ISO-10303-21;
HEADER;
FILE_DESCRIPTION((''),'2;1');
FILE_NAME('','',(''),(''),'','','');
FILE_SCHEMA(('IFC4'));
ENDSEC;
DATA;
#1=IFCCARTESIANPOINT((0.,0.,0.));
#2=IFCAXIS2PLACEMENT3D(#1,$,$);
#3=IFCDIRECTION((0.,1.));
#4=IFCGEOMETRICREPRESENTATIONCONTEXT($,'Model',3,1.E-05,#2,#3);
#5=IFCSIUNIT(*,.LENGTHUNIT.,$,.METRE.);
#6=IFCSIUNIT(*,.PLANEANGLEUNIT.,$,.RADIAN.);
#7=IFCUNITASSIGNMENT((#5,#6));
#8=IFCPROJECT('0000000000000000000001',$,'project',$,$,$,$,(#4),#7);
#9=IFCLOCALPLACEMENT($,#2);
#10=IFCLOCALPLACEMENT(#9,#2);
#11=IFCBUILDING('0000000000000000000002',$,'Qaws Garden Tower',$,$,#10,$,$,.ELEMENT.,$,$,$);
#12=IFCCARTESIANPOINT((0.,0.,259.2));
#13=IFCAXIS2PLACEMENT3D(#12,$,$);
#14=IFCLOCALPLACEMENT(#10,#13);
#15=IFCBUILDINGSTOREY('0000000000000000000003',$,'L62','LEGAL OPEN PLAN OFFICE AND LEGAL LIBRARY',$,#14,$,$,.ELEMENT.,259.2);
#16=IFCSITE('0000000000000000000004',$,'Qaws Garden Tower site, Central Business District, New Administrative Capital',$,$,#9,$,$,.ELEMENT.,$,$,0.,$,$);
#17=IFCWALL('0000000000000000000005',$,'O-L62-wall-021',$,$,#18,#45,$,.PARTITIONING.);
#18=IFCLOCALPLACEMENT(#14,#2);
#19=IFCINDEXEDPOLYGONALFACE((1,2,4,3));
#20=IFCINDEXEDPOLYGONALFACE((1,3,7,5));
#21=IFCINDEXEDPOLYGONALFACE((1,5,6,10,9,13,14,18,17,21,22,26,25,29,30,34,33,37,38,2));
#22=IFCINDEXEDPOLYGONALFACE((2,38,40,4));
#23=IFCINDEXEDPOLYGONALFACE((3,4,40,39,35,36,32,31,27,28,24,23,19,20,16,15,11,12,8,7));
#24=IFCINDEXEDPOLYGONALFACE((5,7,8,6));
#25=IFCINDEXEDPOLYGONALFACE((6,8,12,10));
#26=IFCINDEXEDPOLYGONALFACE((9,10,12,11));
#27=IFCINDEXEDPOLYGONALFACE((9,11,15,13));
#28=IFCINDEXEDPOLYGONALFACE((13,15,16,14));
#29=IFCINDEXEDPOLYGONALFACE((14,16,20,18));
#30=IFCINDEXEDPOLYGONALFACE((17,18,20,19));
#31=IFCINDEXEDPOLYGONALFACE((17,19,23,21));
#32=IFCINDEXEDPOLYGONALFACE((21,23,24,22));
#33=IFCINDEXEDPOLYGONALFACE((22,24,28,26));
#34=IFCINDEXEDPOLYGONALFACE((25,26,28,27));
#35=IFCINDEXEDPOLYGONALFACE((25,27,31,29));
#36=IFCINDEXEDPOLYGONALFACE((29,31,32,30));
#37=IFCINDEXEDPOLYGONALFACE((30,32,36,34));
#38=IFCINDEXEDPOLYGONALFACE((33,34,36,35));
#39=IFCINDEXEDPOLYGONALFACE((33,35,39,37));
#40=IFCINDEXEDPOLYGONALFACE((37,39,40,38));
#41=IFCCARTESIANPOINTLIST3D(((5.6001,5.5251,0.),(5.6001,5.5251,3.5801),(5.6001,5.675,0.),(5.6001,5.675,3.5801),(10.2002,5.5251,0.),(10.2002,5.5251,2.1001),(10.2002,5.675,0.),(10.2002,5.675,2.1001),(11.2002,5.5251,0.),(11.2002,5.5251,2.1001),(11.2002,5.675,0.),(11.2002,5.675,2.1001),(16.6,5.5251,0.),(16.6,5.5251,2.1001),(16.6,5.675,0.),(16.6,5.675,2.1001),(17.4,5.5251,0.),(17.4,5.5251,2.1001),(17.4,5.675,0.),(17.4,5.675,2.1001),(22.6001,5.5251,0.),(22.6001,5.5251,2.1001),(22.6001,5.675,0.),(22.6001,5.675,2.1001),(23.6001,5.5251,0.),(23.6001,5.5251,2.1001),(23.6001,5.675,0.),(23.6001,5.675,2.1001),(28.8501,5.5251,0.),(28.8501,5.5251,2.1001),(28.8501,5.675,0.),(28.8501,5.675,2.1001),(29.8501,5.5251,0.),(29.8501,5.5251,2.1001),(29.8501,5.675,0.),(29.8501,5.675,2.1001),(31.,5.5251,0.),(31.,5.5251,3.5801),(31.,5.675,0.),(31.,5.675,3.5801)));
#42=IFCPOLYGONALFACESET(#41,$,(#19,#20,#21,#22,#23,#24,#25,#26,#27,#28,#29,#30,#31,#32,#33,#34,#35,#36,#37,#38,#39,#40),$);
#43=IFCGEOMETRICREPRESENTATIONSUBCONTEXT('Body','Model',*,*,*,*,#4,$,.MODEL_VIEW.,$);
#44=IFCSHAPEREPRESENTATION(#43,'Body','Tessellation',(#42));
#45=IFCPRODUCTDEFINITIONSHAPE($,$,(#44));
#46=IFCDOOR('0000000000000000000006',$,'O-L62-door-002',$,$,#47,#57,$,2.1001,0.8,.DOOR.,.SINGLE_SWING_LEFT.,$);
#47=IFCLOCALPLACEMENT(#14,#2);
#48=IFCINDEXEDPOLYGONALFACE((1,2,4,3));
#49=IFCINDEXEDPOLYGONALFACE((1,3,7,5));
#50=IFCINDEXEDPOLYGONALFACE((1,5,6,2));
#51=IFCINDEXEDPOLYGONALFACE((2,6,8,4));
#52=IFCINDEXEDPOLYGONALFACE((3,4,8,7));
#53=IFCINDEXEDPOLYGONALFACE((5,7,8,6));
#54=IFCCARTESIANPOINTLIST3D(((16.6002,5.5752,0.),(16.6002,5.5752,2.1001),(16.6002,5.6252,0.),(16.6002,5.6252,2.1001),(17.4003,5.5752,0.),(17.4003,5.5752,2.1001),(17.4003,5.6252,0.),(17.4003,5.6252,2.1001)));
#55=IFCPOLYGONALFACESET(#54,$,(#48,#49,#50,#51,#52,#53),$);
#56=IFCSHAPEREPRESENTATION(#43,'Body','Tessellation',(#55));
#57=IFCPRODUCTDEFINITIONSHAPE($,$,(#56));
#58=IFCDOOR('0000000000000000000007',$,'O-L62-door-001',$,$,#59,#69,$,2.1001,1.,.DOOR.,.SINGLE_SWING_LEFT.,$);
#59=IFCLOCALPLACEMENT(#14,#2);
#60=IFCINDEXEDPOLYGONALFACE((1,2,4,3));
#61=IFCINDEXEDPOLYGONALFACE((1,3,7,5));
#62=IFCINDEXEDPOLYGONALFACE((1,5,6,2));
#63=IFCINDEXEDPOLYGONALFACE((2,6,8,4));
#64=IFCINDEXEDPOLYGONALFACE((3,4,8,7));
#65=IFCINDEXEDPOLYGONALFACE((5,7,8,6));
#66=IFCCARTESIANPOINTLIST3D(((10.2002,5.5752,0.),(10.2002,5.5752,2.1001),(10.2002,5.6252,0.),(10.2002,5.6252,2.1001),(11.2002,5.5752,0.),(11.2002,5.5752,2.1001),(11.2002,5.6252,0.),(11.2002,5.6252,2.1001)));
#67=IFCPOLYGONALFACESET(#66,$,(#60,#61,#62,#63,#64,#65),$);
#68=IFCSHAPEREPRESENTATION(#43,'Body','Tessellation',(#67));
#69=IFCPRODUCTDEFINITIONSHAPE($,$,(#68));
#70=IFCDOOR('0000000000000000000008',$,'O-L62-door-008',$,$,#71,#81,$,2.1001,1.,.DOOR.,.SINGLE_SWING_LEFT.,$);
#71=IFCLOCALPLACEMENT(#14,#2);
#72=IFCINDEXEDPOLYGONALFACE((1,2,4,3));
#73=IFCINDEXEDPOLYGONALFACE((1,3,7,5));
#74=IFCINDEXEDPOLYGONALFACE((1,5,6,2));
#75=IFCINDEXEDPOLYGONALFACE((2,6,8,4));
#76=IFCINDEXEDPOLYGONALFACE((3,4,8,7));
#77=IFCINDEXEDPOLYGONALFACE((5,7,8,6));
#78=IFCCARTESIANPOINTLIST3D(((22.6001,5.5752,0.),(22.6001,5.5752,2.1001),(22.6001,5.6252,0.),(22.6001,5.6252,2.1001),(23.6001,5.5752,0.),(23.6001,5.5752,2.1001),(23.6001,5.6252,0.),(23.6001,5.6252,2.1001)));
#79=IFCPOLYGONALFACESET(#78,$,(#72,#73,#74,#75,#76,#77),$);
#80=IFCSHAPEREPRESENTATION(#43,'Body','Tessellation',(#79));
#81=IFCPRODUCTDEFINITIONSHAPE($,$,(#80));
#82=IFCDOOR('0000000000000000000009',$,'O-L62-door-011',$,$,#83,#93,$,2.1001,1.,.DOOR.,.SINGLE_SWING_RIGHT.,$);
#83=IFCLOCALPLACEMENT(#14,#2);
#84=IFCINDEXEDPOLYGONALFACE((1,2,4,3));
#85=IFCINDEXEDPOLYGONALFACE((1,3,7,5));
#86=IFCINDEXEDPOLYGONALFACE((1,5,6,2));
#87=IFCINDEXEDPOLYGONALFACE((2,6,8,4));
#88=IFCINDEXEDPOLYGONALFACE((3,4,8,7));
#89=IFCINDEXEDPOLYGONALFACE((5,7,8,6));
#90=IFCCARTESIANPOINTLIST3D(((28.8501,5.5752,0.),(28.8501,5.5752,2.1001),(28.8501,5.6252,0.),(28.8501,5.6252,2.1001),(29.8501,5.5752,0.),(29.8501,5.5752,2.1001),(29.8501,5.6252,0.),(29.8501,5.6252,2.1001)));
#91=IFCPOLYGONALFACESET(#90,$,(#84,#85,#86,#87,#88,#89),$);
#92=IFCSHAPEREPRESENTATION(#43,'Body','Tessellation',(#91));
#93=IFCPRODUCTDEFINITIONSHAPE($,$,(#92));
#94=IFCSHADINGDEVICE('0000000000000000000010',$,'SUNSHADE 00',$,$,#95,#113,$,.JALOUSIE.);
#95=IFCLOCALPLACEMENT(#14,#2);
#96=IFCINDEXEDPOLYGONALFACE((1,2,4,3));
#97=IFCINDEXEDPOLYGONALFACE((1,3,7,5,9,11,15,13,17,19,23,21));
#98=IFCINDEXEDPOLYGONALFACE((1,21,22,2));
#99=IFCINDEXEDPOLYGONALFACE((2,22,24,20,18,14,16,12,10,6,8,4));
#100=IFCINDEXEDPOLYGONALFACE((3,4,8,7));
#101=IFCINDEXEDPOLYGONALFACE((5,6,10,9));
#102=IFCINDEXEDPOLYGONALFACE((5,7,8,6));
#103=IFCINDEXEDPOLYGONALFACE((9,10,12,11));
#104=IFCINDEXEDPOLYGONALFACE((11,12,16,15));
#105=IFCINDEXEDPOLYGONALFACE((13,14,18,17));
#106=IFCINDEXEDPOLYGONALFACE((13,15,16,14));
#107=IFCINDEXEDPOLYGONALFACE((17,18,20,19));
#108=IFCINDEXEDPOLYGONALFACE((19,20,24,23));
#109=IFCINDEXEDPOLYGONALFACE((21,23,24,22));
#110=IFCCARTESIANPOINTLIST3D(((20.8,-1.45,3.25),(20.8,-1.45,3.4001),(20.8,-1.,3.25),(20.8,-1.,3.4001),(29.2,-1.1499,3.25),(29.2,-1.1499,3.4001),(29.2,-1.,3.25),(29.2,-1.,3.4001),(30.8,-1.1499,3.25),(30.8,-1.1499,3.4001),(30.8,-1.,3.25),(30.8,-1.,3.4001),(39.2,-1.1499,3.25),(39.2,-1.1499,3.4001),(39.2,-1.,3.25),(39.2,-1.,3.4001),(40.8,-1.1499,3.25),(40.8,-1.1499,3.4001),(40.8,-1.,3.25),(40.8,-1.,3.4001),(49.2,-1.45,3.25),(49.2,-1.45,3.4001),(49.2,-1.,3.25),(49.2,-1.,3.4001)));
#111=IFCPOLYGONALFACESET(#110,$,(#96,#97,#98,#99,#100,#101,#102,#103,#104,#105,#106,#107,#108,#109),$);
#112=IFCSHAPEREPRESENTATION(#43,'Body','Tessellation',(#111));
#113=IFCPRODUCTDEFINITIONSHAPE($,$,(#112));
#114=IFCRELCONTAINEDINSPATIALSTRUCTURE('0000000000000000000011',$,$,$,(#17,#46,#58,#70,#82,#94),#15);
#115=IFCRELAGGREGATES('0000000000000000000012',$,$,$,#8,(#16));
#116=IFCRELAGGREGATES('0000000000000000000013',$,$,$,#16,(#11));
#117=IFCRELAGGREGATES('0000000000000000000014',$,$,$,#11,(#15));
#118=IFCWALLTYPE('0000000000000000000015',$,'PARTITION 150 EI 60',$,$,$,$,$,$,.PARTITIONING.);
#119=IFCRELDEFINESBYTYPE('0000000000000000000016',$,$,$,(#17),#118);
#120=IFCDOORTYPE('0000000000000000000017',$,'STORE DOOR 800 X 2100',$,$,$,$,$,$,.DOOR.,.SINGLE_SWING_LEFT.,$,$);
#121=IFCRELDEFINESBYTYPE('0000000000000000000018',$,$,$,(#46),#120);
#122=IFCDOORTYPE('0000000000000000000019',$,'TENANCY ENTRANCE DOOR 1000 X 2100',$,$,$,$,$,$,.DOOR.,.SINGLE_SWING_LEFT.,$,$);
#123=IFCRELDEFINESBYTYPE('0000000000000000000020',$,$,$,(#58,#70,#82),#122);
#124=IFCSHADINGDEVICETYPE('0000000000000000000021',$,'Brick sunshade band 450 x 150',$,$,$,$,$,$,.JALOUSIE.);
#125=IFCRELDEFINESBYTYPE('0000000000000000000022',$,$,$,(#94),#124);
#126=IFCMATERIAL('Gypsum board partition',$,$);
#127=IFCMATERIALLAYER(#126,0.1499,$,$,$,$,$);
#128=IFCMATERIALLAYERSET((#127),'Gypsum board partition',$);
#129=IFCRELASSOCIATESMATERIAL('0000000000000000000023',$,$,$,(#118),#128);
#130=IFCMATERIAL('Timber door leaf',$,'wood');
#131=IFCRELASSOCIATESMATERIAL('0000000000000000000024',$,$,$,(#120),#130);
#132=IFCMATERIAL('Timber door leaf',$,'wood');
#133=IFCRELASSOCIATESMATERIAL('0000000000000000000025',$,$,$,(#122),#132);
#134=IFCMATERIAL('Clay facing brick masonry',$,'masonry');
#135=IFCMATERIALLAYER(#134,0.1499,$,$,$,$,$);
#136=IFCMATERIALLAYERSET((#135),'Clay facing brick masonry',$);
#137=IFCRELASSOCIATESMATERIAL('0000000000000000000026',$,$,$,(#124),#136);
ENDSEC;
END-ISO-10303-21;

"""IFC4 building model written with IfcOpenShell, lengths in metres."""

from ifc_helpers import new_model, si_unit, direction, frame, frame_2d, origin, place, context, subcontext, project, spatial, polyline, rectangle, outline, extrude, material, layer, layer_set, type_object, element, fill, save


model = new_model("IFC4")

# Units and contexts
model_context = context("Model", 3, precision=1e-05, world=origin(), true_north=direction((0.0, 1.0)))
body_context = subcontext(model_context, "Body", "Model", "MODEL_VIEW")
ifc_project = project(units=[si_unit("LENGTHUNIT", "METRE"), si_unit("PLANEANGLEUNIT", "RADIAN")], contexts=[model_context])

# Site, building, storey
site_placement = place(None, origin())
site = spatial("IfcSite", under=ifc_project, at=site_placement, Name="Qaws Garden Tower site, Central Business District, New Administrative Capital", CompositionType="ELEMENT", RefElevation=0.0)
building_placement = place(site_placement, origin())
building = spatial("IfcBuilding", under=site, at=building_placement, Name="Qaws Garden Tower", CompositionType="ELEMENT")
storey_placement = place(building_placement, frame((0.0, 0.0, 259.2)))
storey = spatial("IfcBuildingStorey", under=building, at=storey_placement, Name="L62", Description="LEGAL OPEN PLAN OFFICE AND LEGAL LIBRARY", CompositionType="ELEMENT", Elevation=259.2)

# Shared definitions
ifc_material_1 = material(Name="Gypsum board partition")
ifc_layer_1 = layer(ifc_material_1, 0.1499)
ifc_layer_set_1 = layer_set([ifc_layer_1], Name="Gypsum board partition")
wall_type_1 = type_object("IfcWallType", Name="PARTITION 150 EI 60", PredefinedType="PARTITIONING", material=ifc_layer_set_1)

# Wall, openings, doors
wall_1_placement = place(storey_placement, frame((5.6001, 5.6001, 0.0), z_axis=(0.0, 0.0, 1.0), x_axis=(1.0, 0.0, 0.0)))
wall_1 = element("IfcWall", 1, at=wall_1_placement, inside=storey, type_object=wall_type_1, Name="O-L62-wall-021", PredefinedType="PARTITIONING", context=body_context, shape_type="SweptSolid", body=[
    extrude(rectangle(XDim=25.3999, YDim=0.1499, at=frame_2d((12.7, 0.0))), origin(), (0.0, 0.0, 1.0), 3.5801),
])
opening_1_placement = place(wall_1_placement, frame((4.6001, 0.0, 0.0)))
opening_1 = element("IfcOpeningElement", 2, at=opening_1_placement, cuts=wall_1, PredefinedType="OPENING", context=body_context, shape_type="SweptSolid", body=[
    extrude(rectangle(XDim=1.0, YDim=2.1001, at=frame_2d((0.5, 1.05))), frame((0.0, 0.085, 0.0), z_axis=(0.0, -1.0, 0.0), x_axis=(1.0, 0.0, 0.0)), (0.0, 0.0, 1.0), 0.1699),
])
opening_2_placement = place(wall_1_placement, frame((11.0, 0.0, 0.0)))
opening_2 = element("IfcOpeningElement", 3, at=opening_2_placement, cuts=wall_1, PredefinedType="OPENING", context=body_context, shape_type="SweptSolid", body=[
    extrude(rectangle(XDim=0.8, YDim=2.1001, at=frame_2d((0.3999, 1.05))), frame((0.0, 0.085, 0.0), z_axis=(0.0, -1.0, 0.0), x_axis=(1.0, 0.0, 0.0)), (0.0, 0.0, 1.0), 0.1699),
])
opening_3_placement = place(wall_1_placement, frame((17.0, 0.0, 0.0)))
opening_3 = element("IfcOpeningElement", 4, at=opening_3_placement, cuts=wall_1, PredefinedType="OPENING", context=body_context, shape_type="SweptSolid", body=[
    extrude(rectangle(XDim=1.0, YDim=2.1001, at=frame_2d((0.5, 1.05))), frame((0.0, 0.085, 0.0), z_axis=(0.0, -1.0, 0.0), x_axis=(1.0, 0.0, 0.0)), (0.0, 0.0, 1.0), 0.1699),
])
opening_4_placement = place(wall_1_placement, frame((23.25, 0.0, 0.0)))
opening_4 = element("IfcOpeningElement", 5, at=opening_4_placement, cuts=wall_1, PredefinedType="OPENING", context=body_context, shape_type="SweptSolid", body=[
    extrude(rectangle(XDim=1.0, YDim=2.1001, at=frame_2d((0.5, 1.05))), frame((0.0, 0.085, 0.0), z_axis=(0.0, -1.0, 0.0), x_axis=(1.0, 0.0, 0.0)), (0.0, 0.0, 1.0), 0.1699),
])
ifc_material_2 = material(Name="Timber door leaf", Category="wood")
door_type_1 = type_object("IfcDoorType", Name="STORE DOOR 800 X 2100", OperationType="SINGLE_SWING_LEFT", PredefinedType="DOOR", material=ifc_material_2)
door_1_placement = place(opening_2_placement, frame((0.8, 0.0, 0.0), z_axis=(0.0, 0.0, 1.0), x_axis=(-1.0, 0.0, 0.0)))
door_1 = element("IfcDoor", 6, at=door_1_placement, inside=storey, type_object=door_type_1, Name="O-L62-door-002", OperationType="SINGLE_SWING_LEFT", OverallHeight=2.1001, OverallWidth=0.8, PredefinedType="DOOR", context=body_context, shape_type="SweptSolid", body=[
    extrude(rectangle(XDim=0.8, YDim=2.1001, at=frame_2d((0.3999, 1.05))), frame((0.0, 0.0249, 0.0), z_axis=(0.0, -1.0, 0.0), x_axis=(1.0, 0.0, 0.0)), (0.0, 0.0, 1.0), 0.05),
])
fill(opening_2, door_1)
ifc_material_3 = material(Name="Timber door leaf", Category="wood")
door_type_2 = type_object("IfcDoorType", Name="TENANCY ENTRANCE DOOR 1000 X 2100", OperationType="SINGLE_SWING_LEFT", PredefinedType="DOOR", material=ifc_material_3)
door_2_placement = place(opening_1_placement, frame((1.0, 0.0, 0.0), z_axis=(0.0, 0.0, 1.0), x_axis=(-1.0, 0.0, 0.0)))
door_2 = element("IfcDoor", 7, at=door_2_placement, inside=storey, type_object=door_type_2, Name="O-L62-door-001", OperationType="SINGLE_SWING_LEFT", OverallHeight=2.1001, OverallWidth=1.0, PredefinedType="DOOR", context=body_context, shape_type="SweptSolid", body=[
    extrude(rectangle(XDim=1.0, YDim=2.1001, at=frame_2d((0.5, 1.05))), frame((0.0, 0.0249, 0.0), z_axis=(0.0, -1.0, 0.0), x_axis=(1.0, 0.0, 0.0)), (0.0, 0.0, 1.0), 0.05),
])
fill(opening_1, door_2)
door_3_placement = place(opening_3_placement, frame((1.0, 0.0, 0.0), z_axis=(0.0, 0.0, 1.0), x_axis=(-1.0, 0.0, 0.0)))
door_3 = element("IfcDoor", 8, at=door_3_placement, inside=storey, type_object=door_type_2, Name="O-L62-door-008", OperationType="SINGLE_SWING_LEFT", OverallHeight=2.1001, OverallWidth=1.0, PredefinedType="DOOR", context=body_context, shape_type="SweptSolid", body=[
    extrude(rectangle(XDim=1.0, YDim=2.1001, at=frame_2d((0.5, 1.05))), frame((0.0, 0.0249, 0.0), z_axis=(0.0, -1.0, 0.0), x_axis=(1.0, 0.0, 0.0)), (0.0, 0.0, 1.0), 0.05),
])
fill(opening_3, door_3)
door_4_placement = place(opening_4_placement, frame((1.0, 0.0, 0.0), z_axis=(0.0, 0.0, 1.0), x_axis=(-1.0, 0.0, 0.0)))
door_4 = element("IfcDoor", 9, at=door_4_placement, inside=storey, type_object=door_type_2, Name="O-L62-door-011", OperationType="SINGLE_SWING_RIGHT", OverallHeight=2.1001, OverallWidth=1.0, PredefinedType="DOOR", context=body_context, shape_type="SweptSolid", body=[
    extrude(rectangle(XDim=1.0, YDim=2.1001, at=frame_2d((0.5, 1.05))), frame((0.0, 0.0249, 0.0), z_axis=(0.0, -1.0, 0.0), x_axis=(1.0, 0.0, 0.0)), (0.0, 0.0, 1.0), 0.05),
])
fill(opening_4, door_4)

# Shading device
ifc_material_4 = material(Name="Clay facing brick masonry", Category="masonry")
ifc_layer_2 = layer(ifc_material_4, 0.1499)
ifc_layer_set_2 = layer_set([ifc_layer_2], Name="Clay facing brick masonry")
shading_device_type = type_object("IfcShadingDeviceType", Name="Brick sunshade band 450 x 150", PredefinedType="JALOUSIE", material=ifc_layer_set_2)
shading_device_placement = place(storey_placement, frame((0.0, 0.0, 3.25)))
element("IfcShadingDevice", 10, at=shading_device_placement, inside=storey, type_object=shading_device_type, Name="SUNSHADE 00", PredefinedType="JALOUSIE", context=body_context, shape_type="SweptSolid", body=[
    extrude(outline(polyline([(20.8, -1.0), (20.8, -1.45), (49.2, -1.45), (49.2, -1.0), (40.8, -1.0), (40.8, -1.1499), (39.2, -1.1499), (39.2, -1.0), (30.8, -1.0), (30.8, -1.1499), (29.2, -1.1499), (29.2, -1.0), (20.8, -1.0)])), origin(), (0.0, 0.0, 1.0), 0.1501),
])

save(model, "model.ifc")
